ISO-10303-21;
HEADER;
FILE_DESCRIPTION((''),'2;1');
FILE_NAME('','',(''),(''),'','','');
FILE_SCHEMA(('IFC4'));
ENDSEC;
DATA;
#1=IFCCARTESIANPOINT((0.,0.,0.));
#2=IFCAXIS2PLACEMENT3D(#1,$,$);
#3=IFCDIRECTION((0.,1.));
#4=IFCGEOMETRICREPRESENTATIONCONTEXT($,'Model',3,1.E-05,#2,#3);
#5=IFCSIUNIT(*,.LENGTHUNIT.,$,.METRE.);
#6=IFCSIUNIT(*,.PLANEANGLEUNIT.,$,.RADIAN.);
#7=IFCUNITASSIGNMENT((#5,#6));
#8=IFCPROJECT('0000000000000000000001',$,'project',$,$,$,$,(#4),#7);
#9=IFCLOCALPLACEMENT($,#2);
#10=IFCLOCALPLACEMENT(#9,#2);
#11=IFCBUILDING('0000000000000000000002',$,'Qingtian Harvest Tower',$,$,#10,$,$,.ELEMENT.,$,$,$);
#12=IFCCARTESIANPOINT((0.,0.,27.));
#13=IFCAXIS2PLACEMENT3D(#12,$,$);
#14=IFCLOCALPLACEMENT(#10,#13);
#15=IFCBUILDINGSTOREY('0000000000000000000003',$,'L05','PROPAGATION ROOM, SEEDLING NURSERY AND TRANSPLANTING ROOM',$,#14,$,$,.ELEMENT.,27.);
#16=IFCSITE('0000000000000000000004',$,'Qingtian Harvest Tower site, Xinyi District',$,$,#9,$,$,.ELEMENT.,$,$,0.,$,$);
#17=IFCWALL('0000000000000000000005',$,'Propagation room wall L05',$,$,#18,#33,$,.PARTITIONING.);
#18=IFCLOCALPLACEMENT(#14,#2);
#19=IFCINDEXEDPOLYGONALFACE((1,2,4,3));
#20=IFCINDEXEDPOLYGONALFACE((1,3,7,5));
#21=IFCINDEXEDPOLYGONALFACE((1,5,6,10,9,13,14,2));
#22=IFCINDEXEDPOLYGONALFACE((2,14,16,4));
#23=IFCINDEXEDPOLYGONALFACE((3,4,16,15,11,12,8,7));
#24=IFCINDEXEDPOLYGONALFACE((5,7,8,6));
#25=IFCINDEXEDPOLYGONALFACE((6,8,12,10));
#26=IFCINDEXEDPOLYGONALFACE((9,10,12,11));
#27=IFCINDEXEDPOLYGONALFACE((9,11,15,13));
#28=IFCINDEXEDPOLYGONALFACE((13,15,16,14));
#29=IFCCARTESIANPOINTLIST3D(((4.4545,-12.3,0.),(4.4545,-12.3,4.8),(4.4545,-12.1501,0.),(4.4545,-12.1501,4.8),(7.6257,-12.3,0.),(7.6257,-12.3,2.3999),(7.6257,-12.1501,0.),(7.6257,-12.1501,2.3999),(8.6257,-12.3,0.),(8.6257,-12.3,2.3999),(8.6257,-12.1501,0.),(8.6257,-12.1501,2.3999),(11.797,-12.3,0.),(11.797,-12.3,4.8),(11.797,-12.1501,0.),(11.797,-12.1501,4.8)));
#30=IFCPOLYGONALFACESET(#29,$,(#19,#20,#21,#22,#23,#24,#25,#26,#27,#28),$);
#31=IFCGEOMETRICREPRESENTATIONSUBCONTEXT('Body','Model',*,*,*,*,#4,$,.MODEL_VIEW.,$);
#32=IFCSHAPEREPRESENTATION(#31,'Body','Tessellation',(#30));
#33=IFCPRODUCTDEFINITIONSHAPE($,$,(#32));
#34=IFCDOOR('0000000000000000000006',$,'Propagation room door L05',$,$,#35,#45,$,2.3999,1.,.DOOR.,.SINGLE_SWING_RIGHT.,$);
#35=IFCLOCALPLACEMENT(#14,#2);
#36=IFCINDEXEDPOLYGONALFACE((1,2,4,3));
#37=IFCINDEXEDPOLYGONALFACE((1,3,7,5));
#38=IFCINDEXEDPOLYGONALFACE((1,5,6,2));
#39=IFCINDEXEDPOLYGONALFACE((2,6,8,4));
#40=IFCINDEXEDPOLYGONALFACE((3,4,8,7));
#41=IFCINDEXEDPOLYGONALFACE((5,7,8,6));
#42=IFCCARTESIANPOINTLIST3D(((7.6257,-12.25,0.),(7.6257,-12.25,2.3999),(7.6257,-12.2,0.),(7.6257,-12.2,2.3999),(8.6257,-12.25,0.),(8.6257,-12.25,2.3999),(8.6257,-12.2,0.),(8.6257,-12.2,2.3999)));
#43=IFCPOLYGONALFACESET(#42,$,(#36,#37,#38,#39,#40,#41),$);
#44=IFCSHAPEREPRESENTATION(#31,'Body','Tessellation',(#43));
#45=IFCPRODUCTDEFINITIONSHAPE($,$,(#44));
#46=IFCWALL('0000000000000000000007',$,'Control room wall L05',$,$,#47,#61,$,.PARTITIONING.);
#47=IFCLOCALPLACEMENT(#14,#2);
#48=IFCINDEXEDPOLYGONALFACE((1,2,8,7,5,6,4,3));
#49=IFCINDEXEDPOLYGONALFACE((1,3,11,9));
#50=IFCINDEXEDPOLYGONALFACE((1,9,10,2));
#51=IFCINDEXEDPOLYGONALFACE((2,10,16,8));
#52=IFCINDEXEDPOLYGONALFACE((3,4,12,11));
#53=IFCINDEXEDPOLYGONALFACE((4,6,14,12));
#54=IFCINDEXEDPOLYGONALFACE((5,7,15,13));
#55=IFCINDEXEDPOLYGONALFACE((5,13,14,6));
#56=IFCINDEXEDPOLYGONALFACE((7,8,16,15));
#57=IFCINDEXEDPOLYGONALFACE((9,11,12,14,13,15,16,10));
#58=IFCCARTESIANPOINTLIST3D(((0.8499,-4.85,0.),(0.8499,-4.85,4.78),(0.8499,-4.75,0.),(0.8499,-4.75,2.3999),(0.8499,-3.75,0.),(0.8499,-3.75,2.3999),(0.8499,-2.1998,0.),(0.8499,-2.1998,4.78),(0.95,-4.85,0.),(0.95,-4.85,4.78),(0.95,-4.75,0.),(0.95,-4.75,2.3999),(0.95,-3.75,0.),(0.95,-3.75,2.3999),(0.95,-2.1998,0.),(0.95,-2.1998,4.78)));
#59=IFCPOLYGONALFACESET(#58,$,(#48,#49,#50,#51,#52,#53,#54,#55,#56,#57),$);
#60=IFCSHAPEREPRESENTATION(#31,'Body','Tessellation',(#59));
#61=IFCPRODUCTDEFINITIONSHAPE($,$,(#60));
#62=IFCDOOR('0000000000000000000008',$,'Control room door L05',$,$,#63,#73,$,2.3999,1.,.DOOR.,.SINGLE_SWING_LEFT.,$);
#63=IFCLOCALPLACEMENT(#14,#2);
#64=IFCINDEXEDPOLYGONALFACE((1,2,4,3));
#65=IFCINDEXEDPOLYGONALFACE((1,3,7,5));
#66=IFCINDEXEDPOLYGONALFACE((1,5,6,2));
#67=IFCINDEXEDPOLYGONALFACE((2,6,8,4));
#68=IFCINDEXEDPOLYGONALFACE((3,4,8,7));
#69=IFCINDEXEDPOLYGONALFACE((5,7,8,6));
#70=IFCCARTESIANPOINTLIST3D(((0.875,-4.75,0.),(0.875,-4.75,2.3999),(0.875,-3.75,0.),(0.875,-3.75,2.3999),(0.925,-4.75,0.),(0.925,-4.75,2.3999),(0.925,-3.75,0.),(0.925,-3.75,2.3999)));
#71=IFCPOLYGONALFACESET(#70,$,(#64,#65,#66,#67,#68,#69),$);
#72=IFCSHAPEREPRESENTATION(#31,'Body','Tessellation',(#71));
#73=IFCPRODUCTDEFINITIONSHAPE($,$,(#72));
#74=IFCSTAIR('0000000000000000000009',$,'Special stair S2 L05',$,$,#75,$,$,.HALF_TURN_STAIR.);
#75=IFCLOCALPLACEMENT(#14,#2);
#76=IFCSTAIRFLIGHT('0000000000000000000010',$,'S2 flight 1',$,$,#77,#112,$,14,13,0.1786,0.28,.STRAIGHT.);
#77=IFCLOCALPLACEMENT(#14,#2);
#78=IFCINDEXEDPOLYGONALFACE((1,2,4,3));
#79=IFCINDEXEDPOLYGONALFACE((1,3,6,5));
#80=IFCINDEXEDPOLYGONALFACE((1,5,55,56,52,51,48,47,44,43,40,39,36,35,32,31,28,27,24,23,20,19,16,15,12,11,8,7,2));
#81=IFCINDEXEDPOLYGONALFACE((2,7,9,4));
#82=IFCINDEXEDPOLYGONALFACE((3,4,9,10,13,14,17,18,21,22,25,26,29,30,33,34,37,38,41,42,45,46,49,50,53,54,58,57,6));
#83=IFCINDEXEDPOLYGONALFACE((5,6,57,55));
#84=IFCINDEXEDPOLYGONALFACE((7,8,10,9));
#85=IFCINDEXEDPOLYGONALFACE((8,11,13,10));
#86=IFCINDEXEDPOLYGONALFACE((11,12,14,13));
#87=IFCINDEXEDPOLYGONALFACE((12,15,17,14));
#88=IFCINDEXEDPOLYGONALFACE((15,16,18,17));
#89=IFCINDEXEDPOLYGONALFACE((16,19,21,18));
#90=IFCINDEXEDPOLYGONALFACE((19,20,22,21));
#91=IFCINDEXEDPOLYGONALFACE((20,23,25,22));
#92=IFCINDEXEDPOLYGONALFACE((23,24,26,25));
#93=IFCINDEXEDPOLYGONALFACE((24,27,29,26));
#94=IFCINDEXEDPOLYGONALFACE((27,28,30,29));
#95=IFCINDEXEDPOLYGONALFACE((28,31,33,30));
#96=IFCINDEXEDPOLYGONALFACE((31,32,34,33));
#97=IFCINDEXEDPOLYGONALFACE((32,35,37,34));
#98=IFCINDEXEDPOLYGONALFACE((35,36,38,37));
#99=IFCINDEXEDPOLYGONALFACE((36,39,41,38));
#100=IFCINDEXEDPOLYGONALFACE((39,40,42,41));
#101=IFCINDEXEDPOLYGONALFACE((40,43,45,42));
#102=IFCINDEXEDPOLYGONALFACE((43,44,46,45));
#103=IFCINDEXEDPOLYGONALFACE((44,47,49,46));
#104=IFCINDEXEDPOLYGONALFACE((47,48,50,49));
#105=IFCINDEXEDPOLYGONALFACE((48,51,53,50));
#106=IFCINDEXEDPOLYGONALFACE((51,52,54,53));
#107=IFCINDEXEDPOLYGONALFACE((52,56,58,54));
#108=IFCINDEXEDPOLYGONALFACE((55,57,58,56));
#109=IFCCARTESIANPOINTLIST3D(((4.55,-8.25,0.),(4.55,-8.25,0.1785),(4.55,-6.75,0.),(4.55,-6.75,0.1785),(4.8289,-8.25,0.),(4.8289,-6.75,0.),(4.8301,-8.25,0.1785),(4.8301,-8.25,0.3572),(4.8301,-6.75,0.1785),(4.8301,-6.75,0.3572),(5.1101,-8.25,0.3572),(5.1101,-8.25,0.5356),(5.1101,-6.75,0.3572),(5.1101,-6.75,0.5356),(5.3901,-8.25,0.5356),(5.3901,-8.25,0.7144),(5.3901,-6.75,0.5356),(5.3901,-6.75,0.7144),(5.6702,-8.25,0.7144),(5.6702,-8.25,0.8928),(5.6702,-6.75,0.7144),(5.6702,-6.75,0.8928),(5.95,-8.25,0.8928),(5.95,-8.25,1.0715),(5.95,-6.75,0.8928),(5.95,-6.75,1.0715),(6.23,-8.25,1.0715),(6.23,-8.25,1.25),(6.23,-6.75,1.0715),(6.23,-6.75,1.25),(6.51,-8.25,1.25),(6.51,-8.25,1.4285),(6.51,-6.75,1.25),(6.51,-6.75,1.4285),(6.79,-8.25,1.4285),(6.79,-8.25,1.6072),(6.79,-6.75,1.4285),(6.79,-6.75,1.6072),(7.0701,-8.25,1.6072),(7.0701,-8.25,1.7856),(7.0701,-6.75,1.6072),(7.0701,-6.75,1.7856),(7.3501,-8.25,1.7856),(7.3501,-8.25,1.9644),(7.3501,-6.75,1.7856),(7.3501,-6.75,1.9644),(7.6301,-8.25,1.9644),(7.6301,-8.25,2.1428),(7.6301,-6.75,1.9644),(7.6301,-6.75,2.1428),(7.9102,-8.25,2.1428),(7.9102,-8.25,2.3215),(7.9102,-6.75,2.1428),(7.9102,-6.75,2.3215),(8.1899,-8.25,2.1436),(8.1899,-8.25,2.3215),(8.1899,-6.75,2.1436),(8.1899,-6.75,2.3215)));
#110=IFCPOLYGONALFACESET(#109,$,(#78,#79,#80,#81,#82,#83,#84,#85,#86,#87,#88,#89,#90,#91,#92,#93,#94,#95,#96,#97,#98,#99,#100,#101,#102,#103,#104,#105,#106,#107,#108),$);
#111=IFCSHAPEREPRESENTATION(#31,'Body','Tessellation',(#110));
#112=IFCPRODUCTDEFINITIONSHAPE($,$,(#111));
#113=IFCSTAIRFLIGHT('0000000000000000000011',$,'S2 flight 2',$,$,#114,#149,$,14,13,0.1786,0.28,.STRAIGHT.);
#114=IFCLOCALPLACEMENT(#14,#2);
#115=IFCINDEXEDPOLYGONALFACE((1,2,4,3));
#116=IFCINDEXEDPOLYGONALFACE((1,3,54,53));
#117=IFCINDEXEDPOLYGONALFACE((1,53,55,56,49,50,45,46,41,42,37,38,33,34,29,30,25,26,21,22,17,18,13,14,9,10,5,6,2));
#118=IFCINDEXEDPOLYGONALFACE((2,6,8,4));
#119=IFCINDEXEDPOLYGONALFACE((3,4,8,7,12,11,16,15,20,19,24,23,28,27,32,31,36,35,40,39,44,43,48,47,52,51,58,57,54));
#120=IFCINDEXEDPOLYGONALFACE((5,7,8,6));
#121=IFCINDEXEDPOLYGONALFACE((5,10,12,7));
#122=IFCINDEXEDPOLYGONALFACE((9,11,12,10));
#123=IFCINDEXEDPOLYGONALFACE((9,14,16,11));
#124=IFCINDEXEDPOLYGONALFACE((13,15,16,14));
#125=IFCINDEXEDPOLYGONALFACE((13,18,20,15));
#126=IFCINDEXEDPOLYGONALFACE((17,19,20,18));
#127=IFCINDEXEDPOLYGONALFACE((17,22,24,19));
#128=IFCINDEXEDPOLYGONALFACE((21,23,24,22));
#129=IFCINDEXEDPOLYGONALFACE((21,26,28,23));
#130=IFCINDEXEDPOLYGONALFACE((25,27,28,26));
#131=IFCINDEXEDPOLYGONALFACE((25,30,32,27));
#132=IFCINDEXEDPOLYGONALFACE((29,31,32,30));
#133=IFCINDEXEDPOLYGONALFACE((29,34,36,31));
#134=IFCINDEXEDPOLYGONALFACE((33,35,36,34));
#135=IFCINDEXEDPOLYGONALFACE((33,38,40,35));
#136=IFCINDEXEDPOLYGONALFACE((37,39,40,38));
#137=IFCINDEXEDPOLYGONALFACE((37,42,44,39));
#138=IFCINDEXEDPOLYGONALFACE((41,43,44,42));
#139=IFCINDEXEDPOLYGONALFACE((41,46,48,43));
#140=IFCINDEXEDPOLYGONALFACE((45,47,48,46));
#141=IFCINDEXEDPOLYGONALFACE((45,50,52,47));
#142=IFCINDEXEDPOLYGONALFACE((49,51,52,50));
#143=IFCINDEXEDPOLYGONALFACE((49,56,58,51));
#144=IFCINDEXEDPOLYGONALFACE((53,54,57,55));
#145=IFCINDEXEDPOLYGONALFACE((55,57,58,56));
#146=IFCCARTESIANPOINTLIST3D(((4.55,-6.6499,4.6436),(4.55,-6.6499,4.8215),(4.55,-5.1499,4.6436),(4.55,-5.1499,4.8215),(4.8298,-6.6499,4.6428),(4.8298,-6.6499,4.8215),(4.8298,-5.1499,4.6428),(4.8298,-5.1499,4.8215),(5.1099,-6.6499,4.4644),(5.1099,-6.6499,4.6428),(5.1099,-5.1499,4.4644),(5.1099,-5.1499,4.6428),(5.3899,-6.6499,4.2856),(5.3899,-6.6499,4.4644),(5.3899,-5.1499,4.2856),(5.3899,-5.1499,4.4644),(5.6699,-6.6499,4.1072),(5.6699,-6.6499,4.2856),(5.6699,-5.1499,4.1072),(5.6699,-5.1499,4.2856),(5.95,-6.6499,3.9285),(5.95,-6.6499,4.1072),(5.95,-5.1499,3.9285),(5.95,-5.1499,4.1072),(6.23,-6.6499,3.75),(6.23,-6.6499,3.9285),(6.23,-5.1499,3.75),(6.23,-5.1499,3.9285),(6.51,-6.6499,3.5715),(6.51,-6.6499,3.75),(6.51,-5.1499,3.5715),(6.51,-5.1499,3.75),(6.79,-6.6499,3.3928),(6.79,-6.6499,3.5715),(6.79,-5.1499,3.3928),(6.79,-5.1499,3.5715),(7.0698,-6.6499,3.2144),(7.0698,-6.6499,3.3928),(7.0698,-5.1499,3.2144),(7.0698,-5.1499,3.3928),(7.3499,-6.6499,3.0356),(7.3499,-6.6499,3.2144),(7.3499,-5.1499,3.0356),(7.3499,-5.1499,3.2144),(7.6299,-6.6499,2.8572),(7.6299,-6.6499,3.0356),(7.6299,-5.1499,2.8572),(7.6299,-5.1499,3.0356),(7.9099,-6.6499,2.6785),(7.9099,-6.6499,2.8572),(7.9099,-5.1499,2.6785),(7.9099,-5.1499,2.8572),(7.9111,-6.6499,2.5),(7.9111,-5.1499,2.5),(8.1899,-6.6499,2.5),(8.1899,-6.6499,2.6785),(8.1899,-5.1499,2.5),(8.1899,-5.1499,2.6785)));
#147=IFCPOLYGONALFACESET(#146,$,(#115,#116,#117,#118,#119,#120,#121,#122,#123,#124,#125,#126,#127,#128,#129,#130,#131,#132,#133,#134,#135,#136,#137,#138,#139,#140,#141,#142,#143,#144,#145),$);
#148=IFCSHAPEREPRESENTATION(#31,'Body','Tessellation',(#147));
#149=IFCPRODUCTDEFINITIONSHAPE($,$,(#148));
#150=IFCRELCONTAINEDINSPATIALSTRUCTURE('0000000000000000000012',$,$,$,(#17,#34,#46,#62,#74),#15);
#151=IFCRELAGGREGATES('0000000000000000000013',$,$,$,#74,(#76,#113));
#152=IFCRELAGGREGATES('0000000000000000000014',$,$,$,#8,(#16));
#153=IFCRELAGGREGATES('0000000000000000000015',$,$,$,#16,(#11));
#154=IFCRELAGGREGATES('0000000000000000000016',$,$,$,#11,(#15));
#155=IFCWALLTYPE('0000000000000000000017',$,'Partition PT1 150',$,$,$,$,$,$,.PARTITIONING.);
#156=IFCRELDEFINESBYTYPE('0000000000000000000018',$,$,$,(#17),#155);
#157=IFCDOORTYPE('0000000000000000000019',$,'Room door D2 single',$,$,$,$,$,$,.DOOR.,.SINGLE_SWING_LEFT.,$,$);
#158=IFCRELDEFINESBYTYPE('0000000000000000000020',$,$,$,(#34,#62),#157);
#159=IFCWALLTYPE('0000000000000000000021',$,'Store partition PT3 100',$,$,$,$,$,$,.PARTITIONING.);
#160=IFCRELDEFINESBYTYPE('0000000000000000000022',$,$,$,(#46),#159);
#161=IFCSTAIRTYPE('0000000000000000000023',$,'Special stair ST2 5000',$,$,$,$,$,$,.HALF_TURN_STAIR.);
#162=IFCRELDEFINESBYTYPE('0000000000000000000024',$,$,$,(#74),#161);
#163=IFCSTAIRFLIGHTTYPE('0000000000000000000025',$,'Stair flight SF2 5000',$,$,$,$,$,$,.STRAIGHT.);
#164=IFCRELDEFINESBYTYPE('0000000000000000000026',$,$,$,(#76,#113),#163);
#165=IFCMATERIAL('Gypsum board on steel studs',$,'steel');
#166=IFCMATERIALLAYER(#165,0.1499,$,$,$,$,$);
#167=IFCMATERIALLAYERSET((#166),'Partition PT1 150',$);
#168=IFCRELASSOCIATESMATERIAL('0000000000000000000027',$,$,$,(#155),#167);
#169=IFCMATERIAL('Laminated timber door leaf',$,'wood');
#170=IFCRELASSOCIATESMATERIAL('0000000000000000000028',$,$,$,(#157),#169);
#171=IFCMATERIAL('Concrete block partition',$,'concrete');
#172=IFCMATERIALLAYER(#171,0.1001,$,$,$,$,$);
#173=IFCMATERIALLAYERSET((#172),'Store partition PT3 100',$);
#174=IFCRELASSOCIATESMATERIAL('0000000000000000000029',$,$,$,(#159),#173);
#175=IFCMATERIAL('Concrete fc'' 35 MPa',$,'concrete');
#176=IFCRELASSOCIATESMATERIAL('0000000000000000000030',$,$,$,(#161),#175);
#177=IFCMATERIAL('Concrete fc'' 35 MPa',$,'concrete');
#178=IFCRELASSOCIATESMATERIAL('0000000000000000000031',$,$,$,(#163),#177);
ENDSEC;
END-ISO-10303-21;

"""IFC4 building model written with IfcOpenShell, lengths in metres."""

from ifc_helpers import new_model, si_unit, direction, frame, frame_2d, origin, place, context, subcontext, project, spatial, polyline, rectangle, outline, extrude, material, layer, layer_set, type_object, element, fill, aggregate, save


model = new_model("IFC4")

# Units and contexts
model_context = context("Model", 3, precision=1e-05, world=origin(), true_north=direction((0.0, 1.0)))
body_context = subcontext(model_context, "Body", "Model", "MODEL_VIEW")
ifc_project = project(units=[si_unit("LENGTHUNIT", "METRE"), si_unit("PLANEANGLEUNIT", "RADIAN")], contexts=[model_context])

# Site, building, storey
site_placement = place(None, origin())
site = spatial("IfcSite", under=ifc_project, at=site_placement, Name="Qingtian Harvest Tower site, Xinyi District", CompositionType="ELEMENT", RefElevation=0.0)
building_placement = place(site_placement, origin())
building = spatial("IfcBuilding", under=site, at=building_placement, Name="Qingtian Harvest Tower", CompositionType="ELEMENT")
storey_placement = place(building_placement, frame((0.0, 0.0, 27.0)))
storey = spatial("IfcBuildingStorey", under=building, at=storey_placement, Name="L05", Description="PROPAGATION ROOM, SEEDLING NURSERY AND TRANSPLANTING ROOM", CompositionType="ELEMENT", Elevation=27.0)

# Walls, openings, doors
ifc_material_1 = material(Name="Gypsum board on steel studs", Category="steel")
ifc_layer_1 = layer(ifc_material_1, 0.1499)
ifc_layer_set_1 = layer_set([ifc_layer_1], Name="Partition PT1 150")
wall_type_1 = type_object("IfcWallType", Name="Partition PT1 150", PredefinedType="PARTITIONING", material=ifc_layer_set_1)
wall_1_placement = place(storey_placement, frame((11.7971, -12.2251, 0.0), z_axis=(0.0, 0.0, 1.0), x_axis=(-1.0, 0.0, 0.0)))
wall_1 = element("IfcWall", 1, at=wall_1_placement, inside=storey, type_object=wall_type_1, Name="Propagation room wall L05", PredefinedType="PARTITIONING", context=body_context, shape_type="SweptSolid", body=[
    extrude(rectangle(XDim=7.3425, YDim=0.1499, at=frame_2d((3.6714, 0.0))), origin(), (0.0, 0.0, 1.0), 4.8),
])
opening_1_placement = place(wall_1_placement, frame((3.1714, 0.0, 0.0)))
opening_1 = element("IfcOpeningElement", 2, at=opening_1_placement, cuts=wall_1, PredefinedType="OPENING", context=body_context, shape_type="SweptSolid", body=[
    extrude(rectangle(XDim=1.0, YDim=2.3999, at=frame_2d((0.5, 1.2))), frame((0.0, 0.085, 0.0), z_axis=(0.0, -1.0, 0.0), x_axis=(1.0, 0.0, 0.0)), (0.0, 0.0, 1.0), 0.1699),
])
ifc_material_2 = material(Name="Laminated timber door leaf", Category="wood")
door_type_1 = type_object("IfcDoorType", Name="Room door D2 single", OperationType="SINGLE_SWING_LEFT", PredefinedType="DOOR", material=ifc_material_2)
door_1_placement = place(opening_1_placement, origin())
door_1 = element("IfcDoor", 3, at=door_1_placement, inside=storey, type_object=door_type_1, Name="Propagation room door L05", OperationType="SINGLE_SWING_RIGHT", OverallHeight=2.3999, OverallWidth=1.0, PredefinedType="DOOR", context=body_context, shape_type="SweptSolid", body=[
    extrude(rectangle(XDim=1.0, YDim=2.3999, at=frame_2d((0.5, 1.2))), frame((0.0, 0.0249, 0.0), z_axis=(0.0, -1.0, 0.0), x_axis=(1.0, 0.0, 0.0)), (0.0, 0.0, 1.0), 0.05),
])
fill(opening_1, door_1)
ifc_material_3 = material(Name="Concrete block partition", Category="concrete")
ifc_layer_2 = layer(ifc_material_3, 0.1001)
ifc_layer_set_2 = layer_set([ifc_layer_2], Name="Store partition PT3 100")
wall_type_2 = type_object("IfcWallType", Name="Store partition PT3 100", PredefinedType="PARTITIONING", material=ifc_layer_set_2)
wall_2_placement = place(storey_placement, frame((0.8999, -4.8501, 0.0), z_axis=(0.0, 0.0, 1.0), x_axis=(0.0, 1.0, 0.0)))
wall_2 = element("IfcWall", 4, at=wall_2_placement, inside=storey, type_object=wall_type_2, Name="Control room wall L05", PredefinedType="PARTITIONING", context=body_context, shape_type="SweptSolid", body=[
    extrude(rectangle(XDim=2.6501, YDim=0.1001, at=frame_2d((1.3252, 0.0))), origin(), (0.0, 0.0, 1.0), 4.78),
])
opening_2_placement = place(wall_2_placement, frame((0.1001, 0.0, 0.0)))
opening_2 = element("IfcOpeningElement", 5, at=opening_2_placement, cuts=wall_2, PredefinedType="OPENING", context=body_context, shape_type="SweptSolid", body=[
    extrude(rectangle(XDim=1.0, YDim=2.3999, at=frame_2d((0.5, 1.2))), frame((0.0, 0.0601, 0.0), z_axis=(0.0, -1.0, 0.0), x_axis=(1.0, 0.0, 0.0)), (0.0, 0.0, 1.0), 0.1201),
])
door_2_placement = place(opening_2_placement, origin())
door_2 = element("IfcDoor", 6, at=door_2_placement, inside=storey, type_object=door_type_1, Name="Control room door L05", OperationType="SINGLE_SWING_LEFT", OverallHeight=2.3999, OverallWidth=1.0, PredefinedType="DOOR", context=body_context, shape_type="SweptSolid", body=[
    extrude(rectangle(XDim=1.0, YDim=2.3999, at=frame_2d((0.5, 1.2))), frame((0.0, 0.0249, 0.0), z_axis=(0.0, -1.0, 0.0), x_axis=(1.0, 0.0, 0.0)), (0.0, 0.0, 1.0), 0.05),
])
fill(opening_2, door_2)

# Stair, stair flights
ifc_material_4 = material(Name="Concrete fc' 35 MPa", Category="concrete")
stair_type = type_object("IfcStairType", Name="Special stair ST2 5000", PredefinedType="HALF_TURN_STAIR", material=ifc_material_4)
stair_placement = place(storey_placement, origin())
stair = element("IfcStair", 7, at=stair_placement, inside=storey, type_object=stair_type, Name="Special stair S2 L05", PredefinedType="HALF_TURN_STAIR")
ifc_material_5 = material(Name="Concrete fc' 35 MPa", Category="concrete")
stair_flight_type = type_object("IfcStairFlightType", Name="Stair flight SF2 5000", PredefinedType="STRAIGHT", material=ifc_material_5)
stair_flight_1_placement = place(storey_placement, frame((4.55, -7.5, 0.0), z_axis=(0.0, 0.0, 1.0), x_axis=(1.0, 0.0, 0.0)))
stair_flight_1 = element("IfcStairFlight", 8, at=stair_flight_1_placement, type_object=stair_flight_type, Name="S2 flight 1", NumberOfRisers=14, NumberOfTreads=13, PredefinedType="STRAIGHT", RiserHeight=0.1786, TreadLength=0.28, context=body_context, shape_type="SweptSolid", body=[
    extrude(outline(polyline([(0.0, 0.0), (0.0, 0.1785), (0.28, 0.1785), (0.28, 0.3572), (0.5601, 0.3572), (0.5601, 0.5356), (0.8401, 0.5356), (0.8401, 0.7144), (1.1201, 0.7144), (1.1201, 0.8928), (1.3999, 0.8928), (1.3999, 1.0715), (1.6799, 1.0715), (1.6799, 1.25), (1.96, 1.25), (1.96, 1.4285), (2.24, 1.4285), (2.24, 1.6072), (2.52, 1.6072), (2.52, 1.7856), (2.8, 1.7856), (2.8, 1.9644), (3.0801, 1.9644), (3.0801, 2.1428), (3.3601, 2.1428), (3.3601, 2.3215), (3.6399, 2.3215), (3.6399, 2.5), (3.6399, 2.1436), (0.2788, 0.0), (0.0, 0.0)])), frame((0.0, 0.75, 0.0), z_axis=(0.0, -1.0, 0.0), x_axis=(1.0, 0.0, 0.0)), (0.0, 0.0, 1.0), 1.5),
])
stair_flight_2_placement = place(storey_placement, frame((8.1899, -5.8999, 2.5), z_axis=(0.0, 0.0, 1.0), x_axis=(-1.0, 0.0, 0.0)))
stair_flight_2 = element("IfcStairFlight", 9, at=stair_flight_2_placement, type_object=stair_flight_type, Name="S2 flight 2", NumberOfRisers=14, NumberOfTreads=13, PredefinedType="STRAIGHT", RiserHeight=0.1786, TreadLength=0.28, context=body_context, shape_type="SweptSolid", body=[
    extrude(outline(polyline([(0.0, 0.0), (0.0, 0.1785), (0.28, 0.1785), (0.28, 0.3572), (0.5601, 0.3572), (0.5601, 0.5356), (0.8401, 0.5356), (0.8401, 0.7144), (1.1201, 0.7144), (1.1201, 0.8928), (1.3999, 0.8928), (1.3999, 1.0715), (1.6799, 1.0715), (1.6799, 1.25), (1.96, 1.25), (1.96, 1.4285), (2.24, 1.4285), (2.24, 1.6072), (2.52, 1.6072), (2.52, 1.7856), (2.8, 1.7856), (2.8, 1.9644), (3.0801, 1.9644), (3.0801, 2.1428), (3.3601, 2.1428), (3.3601, 2.3215), (3.6399, 2.3215), (3.6399, 2.5), (3.6399, 2.1436), (0.2788, 0.0), (0.0, 0.0)])), frame((0.0, 0.75, 0.0), z_axis=(0.0, -1.0, 0.0), x_axis=(1.0, 0.0, 0.0)), (0.0, 0.0, 1.0), 1.5),
])
aggregate(stair, [stair_flight_1, stair_flight_2])

save(model, "model.ifc")
